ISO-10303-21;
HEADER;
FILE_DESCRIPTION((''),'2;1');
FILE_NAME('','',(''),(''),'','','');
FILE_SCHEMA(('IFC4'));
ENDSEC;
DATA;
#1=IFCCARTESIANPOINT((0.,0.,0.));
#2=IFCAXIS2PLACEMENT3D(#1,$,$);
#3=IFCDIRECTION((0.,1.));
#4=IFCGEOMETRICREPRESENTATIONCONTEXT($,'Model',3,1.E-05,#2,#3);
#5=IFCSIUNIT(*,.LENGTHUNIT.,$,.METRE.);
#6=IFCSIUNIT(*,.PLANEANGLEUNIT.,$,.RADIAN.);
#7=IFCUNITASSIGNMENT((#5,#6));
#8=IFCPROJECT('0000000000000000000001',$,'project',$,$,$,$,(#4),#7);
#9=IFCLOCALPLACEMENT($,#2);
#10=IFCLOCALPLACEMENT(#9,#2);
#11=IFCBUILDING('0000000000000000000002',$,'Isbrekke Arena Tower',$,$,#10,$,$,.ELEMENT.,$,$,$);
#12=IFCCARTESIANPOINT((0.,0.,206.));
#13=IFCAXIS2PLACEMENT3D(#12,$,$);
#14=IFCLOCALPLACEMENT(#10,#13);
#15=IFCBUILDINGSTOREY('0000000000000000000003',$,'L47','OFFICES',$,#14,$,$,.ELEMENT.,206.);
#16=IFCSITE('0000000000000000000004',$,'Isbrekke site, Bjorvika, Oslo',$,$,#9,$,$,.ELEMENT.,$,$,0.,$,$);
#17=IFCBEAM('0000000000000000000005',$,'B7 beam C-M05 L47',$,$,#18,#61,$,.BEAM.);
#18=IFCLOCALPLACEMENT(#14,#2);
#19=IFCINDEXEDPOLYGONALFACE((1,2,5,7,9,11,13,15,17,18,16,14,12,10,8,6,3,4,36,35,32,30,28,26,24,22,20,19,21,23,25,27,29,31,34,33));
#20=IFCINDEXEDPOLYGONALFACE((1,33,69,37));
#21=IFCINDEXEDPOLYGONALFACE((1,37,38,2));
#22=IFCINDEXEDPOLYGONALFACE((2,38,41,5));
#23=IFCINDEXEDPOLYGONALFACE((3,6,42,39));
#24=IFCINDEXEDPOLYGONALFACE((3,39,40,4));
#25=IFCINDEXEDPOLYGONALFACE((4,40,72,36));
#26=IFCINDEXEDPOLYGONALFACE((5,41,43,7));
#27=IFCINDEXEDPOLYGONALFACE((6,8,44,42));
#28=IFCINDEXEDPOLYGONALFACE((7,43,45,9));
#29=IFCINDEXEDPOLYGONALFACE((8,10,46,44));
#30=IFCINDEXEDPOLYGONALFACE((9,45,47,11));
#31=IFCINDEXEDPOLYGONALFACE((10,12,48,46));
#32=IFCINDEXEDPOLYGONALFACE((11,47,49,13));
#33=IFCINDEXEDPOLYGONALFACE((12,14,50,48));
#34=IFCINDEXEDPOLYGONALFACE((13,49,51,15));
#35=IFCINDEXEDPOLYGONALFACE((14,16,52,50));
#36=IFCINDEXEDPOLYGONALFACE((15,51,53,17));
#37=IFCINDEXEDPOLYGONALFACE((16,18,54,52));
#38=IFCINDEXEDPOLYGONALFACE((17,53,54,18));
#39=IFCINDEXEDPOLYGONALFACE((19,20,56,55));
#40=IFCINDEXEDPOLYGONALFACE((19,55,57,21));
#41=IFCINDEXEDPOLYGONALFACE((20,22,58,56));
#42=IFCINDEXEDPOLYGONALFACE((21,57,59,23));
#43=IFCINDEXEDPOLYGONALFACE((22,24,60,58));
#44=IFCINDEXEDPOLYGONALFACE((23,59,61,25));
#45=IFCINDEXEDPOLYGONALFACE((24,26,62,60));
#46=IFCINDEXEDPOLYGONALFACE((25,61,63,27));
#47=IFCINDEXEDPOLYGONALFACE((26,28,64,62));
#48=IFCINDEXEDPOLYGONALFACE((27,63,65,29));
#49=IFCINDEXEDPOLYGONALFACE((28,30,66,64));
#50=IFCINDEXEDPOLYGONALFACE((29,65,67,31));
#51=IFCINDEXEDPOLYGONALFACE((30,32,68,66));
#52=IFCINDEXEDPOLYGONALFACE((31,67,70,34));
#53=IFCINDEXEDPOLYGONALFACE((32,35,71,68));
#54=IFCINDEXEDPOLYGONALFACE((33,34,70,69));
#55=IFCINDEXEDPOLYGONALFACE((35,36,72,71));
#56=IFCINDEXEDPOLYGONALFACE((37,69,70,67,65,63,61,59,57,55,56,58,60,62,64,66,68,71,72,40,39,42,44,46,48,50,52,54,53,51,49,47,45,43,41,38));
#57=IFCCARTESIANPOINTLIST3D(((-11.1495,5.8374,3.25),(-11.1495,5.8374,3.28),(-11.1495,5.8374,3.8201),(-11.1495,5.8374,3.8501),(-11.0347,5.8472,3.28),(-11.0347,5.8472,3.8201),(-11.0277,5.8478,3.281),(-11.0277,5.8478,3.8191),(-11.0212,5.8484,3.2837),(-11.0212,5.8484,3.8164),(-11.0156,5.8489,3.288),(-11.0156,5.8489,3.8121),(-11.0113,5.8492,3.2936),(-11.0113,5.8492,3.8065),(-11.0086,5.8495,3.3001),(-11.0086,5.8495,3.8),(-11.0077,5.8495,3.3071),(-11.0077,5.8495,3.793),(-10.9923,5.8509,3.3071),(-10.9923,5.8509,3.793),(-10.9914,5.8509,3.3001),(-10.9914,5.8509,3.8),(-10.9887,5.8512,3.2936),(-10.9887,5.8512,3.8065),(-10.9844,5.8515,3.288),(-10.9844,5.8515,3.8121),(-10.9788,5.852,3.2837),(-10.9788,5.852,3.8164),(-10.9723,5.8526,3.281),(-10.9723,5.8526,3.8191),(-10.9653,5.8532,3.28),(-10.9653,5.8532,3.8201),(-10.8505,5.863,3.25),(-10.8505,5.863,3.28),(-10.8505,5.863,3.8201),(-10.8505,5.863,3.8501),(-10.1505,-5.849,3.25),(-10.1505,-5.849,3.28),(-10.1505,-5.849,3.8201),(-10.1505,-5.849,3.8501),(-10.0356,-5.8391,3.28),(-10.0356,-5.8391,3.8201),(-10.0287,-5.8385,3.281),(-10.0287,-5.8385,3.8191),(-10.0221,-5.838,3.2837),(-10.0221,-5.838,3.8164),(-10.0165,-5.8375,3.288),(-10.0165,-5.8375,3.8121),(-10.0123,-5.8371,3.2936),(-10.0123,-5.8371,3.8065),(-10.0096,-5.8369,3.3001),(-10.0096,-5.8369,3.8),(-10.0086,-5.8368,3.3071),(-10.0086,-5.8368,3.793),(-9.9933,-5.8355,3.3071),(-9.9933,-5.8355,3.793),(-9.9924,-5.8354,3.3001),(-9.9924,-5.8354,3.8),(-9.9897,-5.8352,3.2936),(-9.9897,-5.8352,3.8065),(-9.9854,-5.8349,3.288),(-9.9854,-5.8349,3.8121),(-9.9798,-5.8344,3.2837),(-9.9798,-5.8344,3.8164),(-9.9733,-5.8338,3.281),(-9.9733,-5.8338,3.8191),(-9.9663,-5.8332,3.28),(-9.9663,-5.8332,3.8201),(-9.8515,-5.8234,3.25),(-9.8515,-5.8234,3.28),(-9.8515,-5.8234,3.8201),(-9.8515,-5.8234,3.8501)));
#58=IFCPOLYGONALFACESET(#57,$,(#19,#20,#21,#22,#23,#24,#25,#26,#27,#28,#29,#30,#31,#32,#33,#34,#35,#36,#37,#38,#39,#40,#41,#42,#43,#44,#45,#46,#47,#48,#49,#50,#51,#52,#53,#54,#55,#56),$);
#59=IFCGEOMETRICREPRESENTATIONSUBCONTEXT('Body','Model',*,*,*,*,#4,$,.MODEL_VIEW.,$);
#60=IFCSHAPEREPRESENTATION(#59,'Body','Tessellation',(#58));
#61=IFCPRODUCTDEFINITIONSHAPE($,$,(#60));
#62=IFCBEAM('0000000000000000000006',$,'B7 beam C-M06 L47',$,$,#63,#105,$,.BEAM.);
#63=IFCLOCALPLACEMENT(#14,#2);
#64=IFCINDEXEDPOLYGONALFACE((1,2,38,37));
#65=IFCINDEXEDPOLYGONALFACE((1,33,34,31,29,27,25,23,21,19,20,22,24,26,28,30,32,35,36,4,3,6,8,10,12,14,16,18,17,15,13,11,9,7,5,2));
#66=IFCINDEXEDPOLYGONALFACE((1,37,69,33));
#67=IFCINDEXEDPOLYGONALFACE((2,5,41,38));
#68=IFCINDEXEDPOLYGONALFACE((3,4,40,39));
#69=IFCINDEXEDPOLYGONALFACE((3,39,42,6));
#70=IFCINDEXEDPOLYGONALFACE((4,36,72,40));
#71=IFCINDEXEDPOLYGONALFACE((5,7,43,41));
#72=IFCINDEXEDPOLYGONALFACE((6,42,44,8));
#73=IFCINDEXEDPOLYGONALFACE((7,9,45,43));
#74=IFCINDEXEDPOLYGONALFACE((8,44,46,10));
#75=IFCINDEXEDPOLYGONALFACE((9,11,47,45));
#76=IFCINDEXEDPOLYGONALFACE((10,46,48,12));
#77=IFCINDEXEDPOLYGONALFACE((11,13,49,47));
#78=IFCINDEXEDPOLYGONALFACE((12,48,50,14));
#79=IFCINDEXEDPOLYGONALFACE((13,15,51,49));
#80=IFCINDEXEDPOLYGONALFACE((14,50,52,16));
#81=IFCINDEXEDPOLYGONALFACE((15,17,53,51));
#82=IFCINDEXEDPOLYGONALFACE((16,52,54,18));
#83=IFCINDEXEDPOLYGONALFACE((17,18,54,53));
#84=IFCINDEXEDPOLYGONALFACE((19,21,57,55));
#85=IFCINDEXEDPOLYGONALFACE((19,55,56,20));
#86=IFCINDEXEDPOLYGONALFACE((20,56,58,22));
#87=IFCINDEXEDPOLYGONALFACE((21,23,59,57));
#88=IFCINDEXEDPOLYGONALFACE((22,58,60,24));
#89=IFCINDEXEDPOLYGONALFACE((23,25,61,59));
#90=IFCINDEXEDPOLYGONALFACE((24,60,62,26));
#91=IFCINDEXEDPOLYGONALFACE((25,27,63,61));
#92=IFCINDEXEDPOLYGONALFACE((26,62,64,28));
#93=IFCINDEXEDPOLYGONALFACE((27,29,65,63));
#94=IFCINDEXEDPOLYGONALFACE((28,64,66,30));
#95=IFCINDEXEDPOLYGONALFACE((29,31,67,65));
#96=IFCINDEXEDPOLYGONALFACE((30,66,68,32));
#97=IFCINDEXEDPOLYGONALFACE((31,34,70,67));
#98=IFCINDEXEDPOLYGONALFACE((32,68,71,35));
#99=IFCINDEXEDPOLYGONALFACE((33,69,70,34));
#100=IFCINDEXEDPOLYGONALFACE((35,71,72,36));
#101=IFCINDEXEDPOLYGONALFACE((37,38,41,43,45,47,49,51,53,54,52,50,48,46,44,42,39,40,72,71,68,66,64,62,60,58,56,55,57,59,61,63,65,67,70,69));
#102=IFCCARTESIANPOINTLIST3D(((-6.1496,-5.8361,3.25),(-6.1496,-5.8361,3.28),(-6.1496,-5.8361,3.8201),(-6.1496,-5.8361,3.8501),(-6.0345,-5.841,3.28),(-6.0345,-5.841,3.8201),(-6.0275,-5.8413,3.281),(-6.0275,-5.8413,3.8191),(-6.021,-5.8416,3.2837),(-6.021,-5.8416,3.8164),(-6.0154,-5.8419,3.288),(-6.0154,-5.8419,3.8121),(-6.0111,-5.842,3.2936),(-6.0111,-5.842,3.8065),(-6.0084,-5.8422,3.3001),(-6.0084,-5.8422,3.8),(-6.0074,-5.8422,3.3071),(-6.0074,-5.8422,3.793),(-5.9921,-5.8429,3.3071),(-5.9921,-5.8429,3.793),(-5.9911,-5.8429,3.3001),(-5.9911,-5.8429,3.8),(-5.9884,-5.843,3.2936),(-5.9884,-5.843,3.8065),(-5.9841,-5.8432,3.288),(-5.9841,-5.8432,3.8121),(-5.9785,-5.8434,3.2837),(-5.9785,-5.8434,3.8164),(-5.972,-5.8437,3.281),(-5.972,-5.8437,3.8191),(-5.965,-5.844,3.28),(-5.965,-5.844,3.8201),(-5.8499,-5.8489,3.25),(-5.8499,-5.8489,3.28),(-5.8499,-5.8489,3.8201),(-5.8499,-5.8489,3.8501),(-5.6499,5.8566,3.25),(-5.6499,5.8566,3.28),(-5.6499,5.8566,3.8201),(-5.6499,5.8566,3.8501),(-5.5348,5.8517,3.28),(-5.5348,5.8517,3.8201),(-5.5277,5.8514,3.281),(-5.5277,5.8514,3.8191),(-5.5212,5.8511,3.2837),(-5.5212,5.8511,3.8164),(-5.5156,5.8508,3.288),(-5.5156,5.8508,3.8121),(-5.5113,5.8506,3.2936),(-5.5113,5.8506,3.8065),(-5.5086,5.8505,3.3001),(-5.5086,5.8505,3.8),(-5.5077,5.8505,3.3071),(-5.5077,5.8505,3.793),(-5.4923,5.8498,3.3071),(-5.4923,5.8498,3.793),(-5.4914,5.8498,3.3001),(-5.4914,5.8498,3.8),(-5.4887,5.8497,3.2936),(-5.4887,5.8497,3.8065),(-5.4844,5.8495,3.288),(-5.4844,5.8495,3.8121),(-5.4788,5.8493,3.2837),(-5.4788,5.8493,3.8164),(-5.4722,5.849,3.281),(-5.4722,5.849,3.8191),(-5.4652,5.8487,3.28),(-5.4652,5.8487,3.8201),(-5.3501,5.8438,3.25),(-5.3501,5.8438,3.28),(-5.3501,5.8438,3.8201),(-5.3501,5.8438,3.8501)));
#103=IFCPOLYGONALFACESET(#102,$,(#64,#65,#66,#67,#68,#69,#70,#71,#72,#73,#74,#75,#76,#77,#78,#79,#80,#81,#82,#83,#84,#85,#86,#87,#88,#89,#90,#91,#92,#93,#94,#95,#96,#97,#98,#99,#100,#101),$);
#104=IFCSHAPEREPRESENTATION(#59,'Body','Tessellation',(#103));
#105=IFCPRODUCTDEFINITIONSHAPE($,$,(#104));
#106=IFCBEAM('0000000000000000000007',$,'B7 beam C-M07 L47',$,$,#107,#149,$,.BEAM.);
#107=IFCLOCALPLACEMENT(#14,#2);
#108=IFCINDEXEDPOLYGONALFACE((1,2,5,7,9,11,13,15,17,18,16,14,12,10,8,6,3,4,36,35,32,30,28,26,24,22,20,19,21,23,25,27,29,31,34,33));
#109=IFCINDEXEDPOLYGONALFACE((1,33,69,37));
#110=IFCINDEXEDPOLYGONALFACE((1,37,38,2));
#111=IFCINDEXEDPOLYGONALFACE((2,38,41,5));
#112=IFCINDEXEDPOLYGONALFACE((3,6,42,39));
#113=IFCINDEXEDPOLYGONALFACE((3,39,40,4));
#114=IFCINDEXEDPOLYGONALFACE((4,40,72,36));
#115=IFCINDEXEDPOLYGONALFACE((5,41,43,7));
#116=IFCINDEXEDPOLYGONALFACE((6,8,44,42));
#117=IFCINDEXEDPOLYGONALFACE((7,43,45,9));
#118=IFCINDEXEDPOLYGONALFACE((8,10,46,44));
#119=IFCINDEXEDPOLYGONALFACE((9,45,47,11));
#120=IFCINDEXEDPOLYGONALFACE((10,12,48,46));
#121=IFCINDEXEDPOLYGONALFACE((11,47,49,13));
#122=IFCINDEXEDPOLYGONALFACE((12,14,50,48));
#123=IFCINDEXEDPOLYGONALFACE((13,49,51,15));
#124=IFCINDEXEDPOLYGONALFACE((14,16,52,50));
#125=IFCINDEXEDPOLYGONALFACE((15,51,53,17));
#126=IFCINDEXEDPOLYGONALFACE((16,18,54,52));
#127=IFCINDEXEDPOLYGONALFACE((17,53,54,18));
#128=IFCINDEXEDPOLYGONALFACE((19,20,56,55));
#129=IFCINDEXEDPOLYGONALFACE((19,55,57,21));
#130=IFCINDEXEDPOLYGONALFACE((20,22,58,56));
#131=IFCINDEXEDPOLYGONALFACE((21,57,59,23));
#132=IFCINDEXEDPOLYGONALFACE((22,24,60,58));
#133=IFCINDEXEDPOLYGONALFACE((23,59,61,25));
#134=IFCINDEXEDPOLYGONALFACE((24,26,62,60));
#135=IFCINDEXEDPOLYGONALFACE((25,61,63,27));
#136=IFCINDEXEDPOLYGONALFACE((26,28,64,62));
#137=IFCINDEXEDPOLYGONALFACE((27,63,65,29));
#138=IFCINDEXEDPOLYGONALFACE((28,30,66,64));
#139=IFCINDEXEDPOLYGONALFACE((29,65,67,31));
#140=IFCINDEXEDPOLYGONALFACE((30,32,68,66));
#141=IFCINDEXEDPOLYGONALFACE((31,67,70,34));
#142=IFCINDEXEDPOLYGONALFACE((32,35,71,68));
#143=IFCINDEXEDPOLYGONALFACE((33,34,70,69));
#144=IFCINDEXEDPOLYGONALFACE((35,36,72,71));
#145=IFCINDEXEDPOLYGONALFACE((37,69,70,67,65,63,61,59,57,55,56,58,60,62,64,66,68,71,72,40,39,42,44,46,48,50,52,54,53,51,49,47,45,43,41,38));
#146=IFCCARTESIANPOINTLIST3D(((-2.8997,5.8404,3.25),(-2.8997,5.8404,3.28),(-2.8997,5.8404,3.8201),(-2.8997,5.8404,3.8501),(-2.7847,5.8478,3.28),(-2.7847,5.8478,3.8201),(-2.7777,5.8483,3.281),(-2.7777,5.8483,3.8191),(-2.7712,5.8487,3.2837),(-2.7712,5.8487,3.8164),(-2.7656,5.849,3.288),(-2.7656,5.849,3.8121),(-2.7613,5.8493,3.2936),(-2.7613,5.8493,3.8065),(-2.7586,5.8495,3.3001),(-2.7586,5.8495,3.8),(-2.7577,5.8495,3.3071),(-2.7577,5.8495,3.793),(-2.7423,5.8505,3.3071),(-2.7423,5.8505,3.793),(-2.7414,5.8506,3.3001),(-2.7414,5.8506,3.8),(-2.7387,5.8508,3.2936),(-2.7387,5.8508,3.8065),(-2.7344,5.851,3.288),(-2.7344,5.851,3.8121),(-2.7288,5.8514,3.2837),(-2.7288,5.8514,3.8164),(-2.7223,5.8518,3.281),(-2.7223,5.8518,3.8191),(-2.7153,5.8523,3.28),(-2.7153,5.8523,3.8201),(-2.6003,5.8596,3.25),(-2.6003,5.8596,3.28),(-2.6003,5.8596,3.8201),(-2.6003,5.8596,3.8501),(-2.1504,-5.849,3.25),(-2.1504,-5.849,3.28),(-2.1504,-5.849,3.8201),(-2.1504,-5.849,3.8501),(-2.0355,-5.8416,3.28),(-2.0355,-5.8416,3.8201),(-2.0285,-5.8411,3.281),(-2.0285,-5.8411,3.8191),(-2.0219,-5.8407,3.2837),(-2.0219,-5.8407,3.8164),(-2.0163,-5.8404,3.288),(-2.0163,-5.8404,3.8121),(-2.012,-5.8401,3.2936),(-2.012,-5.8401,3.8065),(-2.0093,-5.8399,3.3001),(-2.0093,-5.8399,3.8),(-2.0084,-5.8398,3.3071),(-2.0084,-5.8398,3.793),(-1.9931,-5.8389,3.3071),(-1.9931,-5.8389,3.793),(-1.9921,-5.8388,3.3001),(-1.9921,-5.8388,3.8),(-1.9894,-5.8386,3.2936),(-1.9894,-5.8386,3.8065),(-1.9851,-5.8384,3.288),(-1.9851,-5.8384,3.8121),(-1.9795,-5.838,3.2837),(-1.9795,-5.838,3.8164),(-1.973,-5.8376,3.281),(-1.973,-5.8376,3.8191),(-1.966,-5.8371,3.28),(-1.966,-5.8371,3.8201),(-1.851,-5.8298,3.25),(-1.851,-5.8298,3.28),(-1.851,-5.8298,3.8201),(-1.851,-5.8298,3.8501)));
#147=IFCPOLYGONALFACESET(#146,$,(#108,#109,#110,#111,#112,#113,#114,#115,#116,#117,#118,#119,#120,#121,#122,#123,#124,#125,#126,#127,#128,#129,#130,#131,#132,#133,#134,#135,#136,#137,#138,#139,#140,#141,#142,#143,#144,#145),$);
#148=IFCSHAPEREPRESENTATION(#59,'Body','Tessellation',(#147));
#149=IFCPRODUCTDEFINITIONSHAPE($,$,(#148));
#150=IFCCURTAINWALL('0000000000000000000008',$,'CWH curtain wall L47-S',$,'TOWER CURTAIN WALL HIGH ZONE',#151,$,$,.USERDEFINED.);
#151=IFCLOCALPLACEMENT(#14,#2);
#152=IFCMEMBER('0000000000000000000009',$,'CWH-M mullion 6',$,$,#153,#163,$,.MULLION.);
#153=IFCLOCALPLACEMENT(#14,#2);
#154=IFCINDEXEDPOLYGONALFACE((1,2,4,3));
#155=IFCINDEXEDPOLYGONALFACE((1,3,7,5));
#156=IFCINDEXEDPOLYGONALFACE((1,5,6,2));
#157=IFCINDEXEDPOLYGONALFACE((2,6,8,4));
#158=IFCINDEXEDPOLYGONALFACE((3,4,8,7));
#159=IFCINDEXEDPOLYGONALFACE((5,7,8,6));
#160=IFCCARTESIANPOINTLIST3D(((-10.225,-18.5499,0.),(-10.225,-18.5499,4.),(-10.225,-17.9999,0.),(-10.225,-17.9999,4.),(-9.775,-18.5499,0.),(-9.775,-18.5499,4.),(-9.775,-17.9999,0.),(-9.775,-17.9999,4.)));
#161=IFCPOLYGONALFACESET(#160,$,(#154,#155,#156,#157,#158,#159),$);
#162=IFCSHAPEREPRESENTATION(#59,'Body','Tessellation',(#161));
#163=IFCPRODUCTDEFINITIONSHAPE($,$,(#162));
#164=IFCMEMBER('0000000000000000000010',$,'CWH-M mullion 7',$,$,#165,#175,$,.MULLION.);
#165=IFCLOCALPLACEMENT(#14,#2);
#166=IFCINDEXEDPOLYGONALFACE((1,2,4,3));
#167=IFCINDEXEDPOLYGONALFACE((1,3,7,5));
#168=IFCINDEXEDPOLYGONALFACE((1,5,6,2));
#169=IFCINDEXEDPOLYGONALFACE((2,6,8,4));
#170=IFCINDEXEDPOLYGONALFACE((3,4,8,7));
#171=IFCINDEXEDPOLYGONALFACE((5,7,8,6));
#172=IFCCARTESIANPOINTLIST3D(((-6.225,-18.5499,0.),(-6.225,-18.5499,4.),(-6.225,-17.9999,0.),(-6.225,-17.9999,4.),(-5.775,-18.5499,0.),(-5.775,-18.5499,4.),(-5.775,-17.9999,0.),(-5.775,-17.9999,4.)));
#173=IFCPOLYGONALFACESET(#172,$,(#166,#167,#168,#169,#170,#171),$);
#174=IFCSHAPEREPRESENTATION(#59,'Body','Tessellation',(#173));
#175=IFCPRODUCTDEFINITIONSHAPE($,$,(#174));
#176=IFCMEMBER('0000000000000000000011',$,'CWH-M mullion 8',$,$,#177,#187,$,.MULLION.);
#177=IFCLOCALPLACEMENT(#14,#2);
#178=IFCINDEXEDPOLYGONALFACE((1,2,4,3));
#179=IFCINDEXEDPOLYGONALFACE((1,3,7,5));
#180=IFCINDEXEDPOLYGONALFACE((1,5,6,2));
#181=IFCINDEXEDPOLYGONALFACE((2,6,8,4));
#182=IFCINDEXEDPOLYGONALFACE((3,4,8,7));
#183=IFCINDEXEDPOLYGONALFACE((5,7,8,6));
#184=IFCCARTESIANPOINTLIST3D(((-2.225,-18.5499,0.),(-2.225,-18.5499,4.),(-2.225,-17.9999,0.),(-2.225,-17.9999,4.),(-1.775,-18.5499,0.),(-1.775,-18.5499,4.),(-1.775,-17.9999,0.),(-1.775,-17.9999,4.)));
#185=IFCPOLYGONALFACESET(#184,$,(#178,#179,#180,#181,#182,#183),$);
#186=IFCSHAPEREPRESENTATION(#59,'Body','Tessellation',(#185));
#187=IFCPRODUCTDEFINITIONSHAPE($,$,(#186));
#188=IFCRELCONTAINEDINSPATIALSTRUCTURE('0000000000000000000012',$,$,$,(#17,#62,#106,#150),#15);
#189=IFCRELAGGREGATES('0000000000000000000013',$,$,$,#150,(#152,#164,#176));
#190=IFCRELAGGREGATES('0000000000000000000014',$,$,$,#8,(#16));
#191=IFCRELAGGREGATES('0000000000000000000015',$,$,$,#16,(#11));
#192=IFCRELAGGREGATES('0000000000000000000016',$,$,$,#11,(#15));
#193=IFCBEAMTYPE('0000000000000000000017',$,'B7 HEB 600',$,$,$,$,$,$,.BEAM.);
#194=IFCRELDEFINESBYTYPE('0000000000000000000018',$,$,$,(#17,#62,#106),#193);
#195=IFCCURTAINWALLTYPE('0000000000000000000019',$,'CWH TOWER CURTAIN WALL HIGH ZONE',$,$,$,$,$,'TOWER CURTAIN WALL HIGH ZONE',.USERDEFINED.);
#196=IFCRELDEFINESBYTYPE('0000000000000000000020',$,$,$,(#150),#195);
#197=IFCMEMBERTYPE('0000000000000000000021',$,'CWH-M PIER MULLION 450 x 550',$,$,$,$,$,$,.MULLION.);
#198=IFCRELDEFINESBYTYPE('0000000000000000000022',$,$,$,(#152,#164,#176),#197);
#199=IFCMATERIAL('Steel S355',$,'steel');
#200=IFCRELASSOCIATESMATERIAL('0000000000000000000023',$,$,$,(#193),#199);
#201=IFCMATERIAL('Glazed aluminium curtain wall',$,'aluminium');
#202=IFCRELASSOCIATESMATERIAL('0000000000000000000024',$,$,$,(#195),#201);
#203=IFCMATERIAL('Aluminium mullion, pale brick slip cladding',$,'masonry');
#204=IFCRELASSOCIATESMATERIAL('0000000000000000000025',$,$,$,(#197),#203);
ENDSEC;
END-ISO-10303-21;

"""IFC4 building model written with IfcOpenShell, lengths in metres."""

from ifc_helpers import new_model, si_unit, direction, frame, origin, origin_2d, place, context, subcontext, project, spatial, rectangle, i_section, extrude, material, material_profile, profile_set, type_object, element, aggregate, save


model = new_model("IFC4")

# Units and contexts
model_context = context("Model", 3, precision=1e-05, world=origin(), true_north=direction((0.0, 1.0)))
body_context = subcontext(model_context, "Body", "Model", "MODEL_VIEW")
ifc_project = project(units=[si_unit("LENGTHUNIT", "METRE"), si_unit("PLANEANGLEUNIT", "RADIAN")], contexts=[model_context])

# Site, building, storey
site_placement = place(None, origin())
site = spatial("IfcSite", under=ifc_project, at=site_placement, Name="Isbrekke site, Bjorvika, Oslo", CompositionType="ELEMENT", RefElevation=0.0)
building_placement = place(site_placement, origin())
building = spatial("IfcBuilding", under=site, at=building_placement, Name="Isbrekke Arena Tower", CompositionType="ELEMENT")
storey_placement = place(building_placement, frame((0.0, 0.0, 206.0)))
storey = spatial("IfcBuildingStorey", under=building, at=storey_placement, Name="L47", Description="OFFICES", CompositionType="ELEMENT", Elevation=206.0)

# Beams
ifc_material_1 = material(Name="Steel S355", Category="steel")
ifc_material_profile_1 = material_profile(ifc_material_1, i_section(OverallWidth=0.3, OverallDepth=0.6001, WebThickness=0.0154, FlangeThickness=0.03, FilletRadius=0.0271, at=origin_2d()), Name="HEB 600")
ifc_profile_set_1 = profile_set([ifc_material_profile_1], Name="Steel S355")
beam_type_1 = type_object("IfcBeamType", Name="B7 HEB 600", PredefinedType="BEAM", material=ifc_profile_set_1)
beam_1_placement = place(storey_placement, frame((-10.001, -5.8362, 3.55), z_axis=(-0.085176, 0.996366, 0.0), x_axis=(-0.996366, -0.085176, 0.0)))
element("IfcBeam", 1, at=beam_1_placement, inside=storey, type_object=beam_type_1, Name="B7 beam C-M05 L47", PredefinedType="BEAM", context=body_context, shape_type="SweptSolid", body=[
    extrude(i_section(OverallWidth=0.3, OverallDepth=0.6001, WebThickness=0.0154, FlangeThickness=0.03, FilletRadius=0.0271, at=origin_2d()), origin(), (0.0, 0.0, 1.0), 11.729),
])
beam_2_placement = place(storey_placement, frame((-5.9998, -5.8425, 3.55), z_axis=(0.042702, 0.999088, 0.0), x_axis=(-0.999088, 0.042702, 0.0)))
element("IfcBeam", 2, at=beam_2_placement, inside=storey, type_object=beam_type_1, Name="B7 beam C-M06 L47", PredefinedType="BEAM", context=body_context, shape_type="SweptSolid", body=[
    extrude(i_section(OverallWidth=0.3, OverallDepth=0.6001, WebThickness=0.0154, FlangeThickness=0.03, FilletRadius=0.0271, at=origin_2d()), origin(), (0.0, 0.0, 1.0), 11.7034),
])
beam_3_placement = place(storey_placement, frame((-2.0007, -5.8394, 3.55), z_axis=(-0.063966, 0.997952, 0.0), x_axis=(-0.997952, -0.063966, 0.0)))
element("IfcBeam", 3, at=beam_3_placement, inside=storey, type_object=beam_type_1, Name="B7 beam C-M07 L47", PredefinedType="BEAM", context=body_context, shape_type="SweptSolid", body=[
    extrude(i_section(OverallWidth=0.3, OverallDepth=0.6001, WebThickness=0.0154, FlangeThickness=0.03, FilletRadius=0.0271, at=origin_2d()), origin(), (0.0, 0.0, 1.0), 11.7134),
])

# Curtain wall, members
ifc_material_2 = material(Name="Glazed aluminium curtain wall", Category="aluminium")
curtain_wall_type = type_object("IfcCurtainWallType", Name="CWH TOWER CURTAIN WALL HIGH ZONE", ElementType="TOWER CURTAIN WALL HIGH ZONE", PredefinedType="USERDEFINED", material=ifc_material_2)
curtain_wall_placement = place(storey_placement, origin())
curtain_wall = element("IfcCurtainWall", 4, at=curtain_wall_placement, inside=storey, type_object=curtain_wall_type, Name="CWH curtain wall L47-S", ObjectType="TOWER CURTAIN WALL HIGH ZONE", PredefinedType="USERDEFINED")
ifc_material_3 = material(Name="Aluminium mullion, pale brick slip cladding", Category="masonry")
ifc_material_profile_2 = material_profile(ifc_material_3, rectangle(XDim=0.45, YDim=0.55, at=origin_2d()), Name="PIER 450X550")
ifc_profile_set_2 = profile_set([ifc_material_profile_2], Name="Aluminium mullion, pale brick slip cladding")
member_type_1 = type_object("IfcMemberType", Name="CWH-M PIER MULLION 450 x 550", PredefinedType="MULLION", material=ifc_profile_set_2)
member_1_placement = place(storey_placement, frame((-10.0, -18.2749, 0.0), z_axis=(0.0, 0.0, 1.0), x_axis=(1.0, 0.0, 0.0)))
member_1 = element("IfcMember", 5, at=member_1_placement, type_object=member_type_1, Name="CWH-M mullion 6", PredefinedType="MULLION", context=body_context, shape_type="SweptSolid", body=[
    extrude(rectangle(XDim=0.45, YDim=0.55, at=origin_2d()), origin(), (0.0, 0.0, 1.0), 4.0),
])
member_2_placement = place(storey_placement, frame((-6.0, -18.2749, 0.0), z_axis=(0.0, 0.0, 1.0), x_axis=(1.0, 0.0, 0.0)))
member_2 = element("IfcMember", 6, at=member_2_placement, type_object=member_type_1, Name="CWH-M mullion 7", PredefinedType="MULLION", context=body_context, shape_type="SweptSolid", body=[
    extrude(rectangle(XDim=0.45, YDim=0.55, at=origin_2d()), origin(), (0.0, 0.0, 1.0), 4.0),
])
member_3_placement = place(storey_placement, frame((-2.0, -18.2749, 0.0), z_axis=(0.0, 0.0, 1.0), x_axis=(1.0, 0.0, 0.0)))
member_3 = element("IfcMember", 7, at=member_3_placement, type_object=member_type_1, Name="CWH-M mullion 8", PredefinedType="MULLION", context=body_context, shape_type="SweptSolid", body=[
    extrude(rectangle(XDim=0.45, YDim=0.55, at=origin_2d()), origin(), (0.0, 0.0, 1.0), 4.0),
])

aggregate(curtain_wall, [member_1, member_2, member_3])

save(model, "model.ifc")
